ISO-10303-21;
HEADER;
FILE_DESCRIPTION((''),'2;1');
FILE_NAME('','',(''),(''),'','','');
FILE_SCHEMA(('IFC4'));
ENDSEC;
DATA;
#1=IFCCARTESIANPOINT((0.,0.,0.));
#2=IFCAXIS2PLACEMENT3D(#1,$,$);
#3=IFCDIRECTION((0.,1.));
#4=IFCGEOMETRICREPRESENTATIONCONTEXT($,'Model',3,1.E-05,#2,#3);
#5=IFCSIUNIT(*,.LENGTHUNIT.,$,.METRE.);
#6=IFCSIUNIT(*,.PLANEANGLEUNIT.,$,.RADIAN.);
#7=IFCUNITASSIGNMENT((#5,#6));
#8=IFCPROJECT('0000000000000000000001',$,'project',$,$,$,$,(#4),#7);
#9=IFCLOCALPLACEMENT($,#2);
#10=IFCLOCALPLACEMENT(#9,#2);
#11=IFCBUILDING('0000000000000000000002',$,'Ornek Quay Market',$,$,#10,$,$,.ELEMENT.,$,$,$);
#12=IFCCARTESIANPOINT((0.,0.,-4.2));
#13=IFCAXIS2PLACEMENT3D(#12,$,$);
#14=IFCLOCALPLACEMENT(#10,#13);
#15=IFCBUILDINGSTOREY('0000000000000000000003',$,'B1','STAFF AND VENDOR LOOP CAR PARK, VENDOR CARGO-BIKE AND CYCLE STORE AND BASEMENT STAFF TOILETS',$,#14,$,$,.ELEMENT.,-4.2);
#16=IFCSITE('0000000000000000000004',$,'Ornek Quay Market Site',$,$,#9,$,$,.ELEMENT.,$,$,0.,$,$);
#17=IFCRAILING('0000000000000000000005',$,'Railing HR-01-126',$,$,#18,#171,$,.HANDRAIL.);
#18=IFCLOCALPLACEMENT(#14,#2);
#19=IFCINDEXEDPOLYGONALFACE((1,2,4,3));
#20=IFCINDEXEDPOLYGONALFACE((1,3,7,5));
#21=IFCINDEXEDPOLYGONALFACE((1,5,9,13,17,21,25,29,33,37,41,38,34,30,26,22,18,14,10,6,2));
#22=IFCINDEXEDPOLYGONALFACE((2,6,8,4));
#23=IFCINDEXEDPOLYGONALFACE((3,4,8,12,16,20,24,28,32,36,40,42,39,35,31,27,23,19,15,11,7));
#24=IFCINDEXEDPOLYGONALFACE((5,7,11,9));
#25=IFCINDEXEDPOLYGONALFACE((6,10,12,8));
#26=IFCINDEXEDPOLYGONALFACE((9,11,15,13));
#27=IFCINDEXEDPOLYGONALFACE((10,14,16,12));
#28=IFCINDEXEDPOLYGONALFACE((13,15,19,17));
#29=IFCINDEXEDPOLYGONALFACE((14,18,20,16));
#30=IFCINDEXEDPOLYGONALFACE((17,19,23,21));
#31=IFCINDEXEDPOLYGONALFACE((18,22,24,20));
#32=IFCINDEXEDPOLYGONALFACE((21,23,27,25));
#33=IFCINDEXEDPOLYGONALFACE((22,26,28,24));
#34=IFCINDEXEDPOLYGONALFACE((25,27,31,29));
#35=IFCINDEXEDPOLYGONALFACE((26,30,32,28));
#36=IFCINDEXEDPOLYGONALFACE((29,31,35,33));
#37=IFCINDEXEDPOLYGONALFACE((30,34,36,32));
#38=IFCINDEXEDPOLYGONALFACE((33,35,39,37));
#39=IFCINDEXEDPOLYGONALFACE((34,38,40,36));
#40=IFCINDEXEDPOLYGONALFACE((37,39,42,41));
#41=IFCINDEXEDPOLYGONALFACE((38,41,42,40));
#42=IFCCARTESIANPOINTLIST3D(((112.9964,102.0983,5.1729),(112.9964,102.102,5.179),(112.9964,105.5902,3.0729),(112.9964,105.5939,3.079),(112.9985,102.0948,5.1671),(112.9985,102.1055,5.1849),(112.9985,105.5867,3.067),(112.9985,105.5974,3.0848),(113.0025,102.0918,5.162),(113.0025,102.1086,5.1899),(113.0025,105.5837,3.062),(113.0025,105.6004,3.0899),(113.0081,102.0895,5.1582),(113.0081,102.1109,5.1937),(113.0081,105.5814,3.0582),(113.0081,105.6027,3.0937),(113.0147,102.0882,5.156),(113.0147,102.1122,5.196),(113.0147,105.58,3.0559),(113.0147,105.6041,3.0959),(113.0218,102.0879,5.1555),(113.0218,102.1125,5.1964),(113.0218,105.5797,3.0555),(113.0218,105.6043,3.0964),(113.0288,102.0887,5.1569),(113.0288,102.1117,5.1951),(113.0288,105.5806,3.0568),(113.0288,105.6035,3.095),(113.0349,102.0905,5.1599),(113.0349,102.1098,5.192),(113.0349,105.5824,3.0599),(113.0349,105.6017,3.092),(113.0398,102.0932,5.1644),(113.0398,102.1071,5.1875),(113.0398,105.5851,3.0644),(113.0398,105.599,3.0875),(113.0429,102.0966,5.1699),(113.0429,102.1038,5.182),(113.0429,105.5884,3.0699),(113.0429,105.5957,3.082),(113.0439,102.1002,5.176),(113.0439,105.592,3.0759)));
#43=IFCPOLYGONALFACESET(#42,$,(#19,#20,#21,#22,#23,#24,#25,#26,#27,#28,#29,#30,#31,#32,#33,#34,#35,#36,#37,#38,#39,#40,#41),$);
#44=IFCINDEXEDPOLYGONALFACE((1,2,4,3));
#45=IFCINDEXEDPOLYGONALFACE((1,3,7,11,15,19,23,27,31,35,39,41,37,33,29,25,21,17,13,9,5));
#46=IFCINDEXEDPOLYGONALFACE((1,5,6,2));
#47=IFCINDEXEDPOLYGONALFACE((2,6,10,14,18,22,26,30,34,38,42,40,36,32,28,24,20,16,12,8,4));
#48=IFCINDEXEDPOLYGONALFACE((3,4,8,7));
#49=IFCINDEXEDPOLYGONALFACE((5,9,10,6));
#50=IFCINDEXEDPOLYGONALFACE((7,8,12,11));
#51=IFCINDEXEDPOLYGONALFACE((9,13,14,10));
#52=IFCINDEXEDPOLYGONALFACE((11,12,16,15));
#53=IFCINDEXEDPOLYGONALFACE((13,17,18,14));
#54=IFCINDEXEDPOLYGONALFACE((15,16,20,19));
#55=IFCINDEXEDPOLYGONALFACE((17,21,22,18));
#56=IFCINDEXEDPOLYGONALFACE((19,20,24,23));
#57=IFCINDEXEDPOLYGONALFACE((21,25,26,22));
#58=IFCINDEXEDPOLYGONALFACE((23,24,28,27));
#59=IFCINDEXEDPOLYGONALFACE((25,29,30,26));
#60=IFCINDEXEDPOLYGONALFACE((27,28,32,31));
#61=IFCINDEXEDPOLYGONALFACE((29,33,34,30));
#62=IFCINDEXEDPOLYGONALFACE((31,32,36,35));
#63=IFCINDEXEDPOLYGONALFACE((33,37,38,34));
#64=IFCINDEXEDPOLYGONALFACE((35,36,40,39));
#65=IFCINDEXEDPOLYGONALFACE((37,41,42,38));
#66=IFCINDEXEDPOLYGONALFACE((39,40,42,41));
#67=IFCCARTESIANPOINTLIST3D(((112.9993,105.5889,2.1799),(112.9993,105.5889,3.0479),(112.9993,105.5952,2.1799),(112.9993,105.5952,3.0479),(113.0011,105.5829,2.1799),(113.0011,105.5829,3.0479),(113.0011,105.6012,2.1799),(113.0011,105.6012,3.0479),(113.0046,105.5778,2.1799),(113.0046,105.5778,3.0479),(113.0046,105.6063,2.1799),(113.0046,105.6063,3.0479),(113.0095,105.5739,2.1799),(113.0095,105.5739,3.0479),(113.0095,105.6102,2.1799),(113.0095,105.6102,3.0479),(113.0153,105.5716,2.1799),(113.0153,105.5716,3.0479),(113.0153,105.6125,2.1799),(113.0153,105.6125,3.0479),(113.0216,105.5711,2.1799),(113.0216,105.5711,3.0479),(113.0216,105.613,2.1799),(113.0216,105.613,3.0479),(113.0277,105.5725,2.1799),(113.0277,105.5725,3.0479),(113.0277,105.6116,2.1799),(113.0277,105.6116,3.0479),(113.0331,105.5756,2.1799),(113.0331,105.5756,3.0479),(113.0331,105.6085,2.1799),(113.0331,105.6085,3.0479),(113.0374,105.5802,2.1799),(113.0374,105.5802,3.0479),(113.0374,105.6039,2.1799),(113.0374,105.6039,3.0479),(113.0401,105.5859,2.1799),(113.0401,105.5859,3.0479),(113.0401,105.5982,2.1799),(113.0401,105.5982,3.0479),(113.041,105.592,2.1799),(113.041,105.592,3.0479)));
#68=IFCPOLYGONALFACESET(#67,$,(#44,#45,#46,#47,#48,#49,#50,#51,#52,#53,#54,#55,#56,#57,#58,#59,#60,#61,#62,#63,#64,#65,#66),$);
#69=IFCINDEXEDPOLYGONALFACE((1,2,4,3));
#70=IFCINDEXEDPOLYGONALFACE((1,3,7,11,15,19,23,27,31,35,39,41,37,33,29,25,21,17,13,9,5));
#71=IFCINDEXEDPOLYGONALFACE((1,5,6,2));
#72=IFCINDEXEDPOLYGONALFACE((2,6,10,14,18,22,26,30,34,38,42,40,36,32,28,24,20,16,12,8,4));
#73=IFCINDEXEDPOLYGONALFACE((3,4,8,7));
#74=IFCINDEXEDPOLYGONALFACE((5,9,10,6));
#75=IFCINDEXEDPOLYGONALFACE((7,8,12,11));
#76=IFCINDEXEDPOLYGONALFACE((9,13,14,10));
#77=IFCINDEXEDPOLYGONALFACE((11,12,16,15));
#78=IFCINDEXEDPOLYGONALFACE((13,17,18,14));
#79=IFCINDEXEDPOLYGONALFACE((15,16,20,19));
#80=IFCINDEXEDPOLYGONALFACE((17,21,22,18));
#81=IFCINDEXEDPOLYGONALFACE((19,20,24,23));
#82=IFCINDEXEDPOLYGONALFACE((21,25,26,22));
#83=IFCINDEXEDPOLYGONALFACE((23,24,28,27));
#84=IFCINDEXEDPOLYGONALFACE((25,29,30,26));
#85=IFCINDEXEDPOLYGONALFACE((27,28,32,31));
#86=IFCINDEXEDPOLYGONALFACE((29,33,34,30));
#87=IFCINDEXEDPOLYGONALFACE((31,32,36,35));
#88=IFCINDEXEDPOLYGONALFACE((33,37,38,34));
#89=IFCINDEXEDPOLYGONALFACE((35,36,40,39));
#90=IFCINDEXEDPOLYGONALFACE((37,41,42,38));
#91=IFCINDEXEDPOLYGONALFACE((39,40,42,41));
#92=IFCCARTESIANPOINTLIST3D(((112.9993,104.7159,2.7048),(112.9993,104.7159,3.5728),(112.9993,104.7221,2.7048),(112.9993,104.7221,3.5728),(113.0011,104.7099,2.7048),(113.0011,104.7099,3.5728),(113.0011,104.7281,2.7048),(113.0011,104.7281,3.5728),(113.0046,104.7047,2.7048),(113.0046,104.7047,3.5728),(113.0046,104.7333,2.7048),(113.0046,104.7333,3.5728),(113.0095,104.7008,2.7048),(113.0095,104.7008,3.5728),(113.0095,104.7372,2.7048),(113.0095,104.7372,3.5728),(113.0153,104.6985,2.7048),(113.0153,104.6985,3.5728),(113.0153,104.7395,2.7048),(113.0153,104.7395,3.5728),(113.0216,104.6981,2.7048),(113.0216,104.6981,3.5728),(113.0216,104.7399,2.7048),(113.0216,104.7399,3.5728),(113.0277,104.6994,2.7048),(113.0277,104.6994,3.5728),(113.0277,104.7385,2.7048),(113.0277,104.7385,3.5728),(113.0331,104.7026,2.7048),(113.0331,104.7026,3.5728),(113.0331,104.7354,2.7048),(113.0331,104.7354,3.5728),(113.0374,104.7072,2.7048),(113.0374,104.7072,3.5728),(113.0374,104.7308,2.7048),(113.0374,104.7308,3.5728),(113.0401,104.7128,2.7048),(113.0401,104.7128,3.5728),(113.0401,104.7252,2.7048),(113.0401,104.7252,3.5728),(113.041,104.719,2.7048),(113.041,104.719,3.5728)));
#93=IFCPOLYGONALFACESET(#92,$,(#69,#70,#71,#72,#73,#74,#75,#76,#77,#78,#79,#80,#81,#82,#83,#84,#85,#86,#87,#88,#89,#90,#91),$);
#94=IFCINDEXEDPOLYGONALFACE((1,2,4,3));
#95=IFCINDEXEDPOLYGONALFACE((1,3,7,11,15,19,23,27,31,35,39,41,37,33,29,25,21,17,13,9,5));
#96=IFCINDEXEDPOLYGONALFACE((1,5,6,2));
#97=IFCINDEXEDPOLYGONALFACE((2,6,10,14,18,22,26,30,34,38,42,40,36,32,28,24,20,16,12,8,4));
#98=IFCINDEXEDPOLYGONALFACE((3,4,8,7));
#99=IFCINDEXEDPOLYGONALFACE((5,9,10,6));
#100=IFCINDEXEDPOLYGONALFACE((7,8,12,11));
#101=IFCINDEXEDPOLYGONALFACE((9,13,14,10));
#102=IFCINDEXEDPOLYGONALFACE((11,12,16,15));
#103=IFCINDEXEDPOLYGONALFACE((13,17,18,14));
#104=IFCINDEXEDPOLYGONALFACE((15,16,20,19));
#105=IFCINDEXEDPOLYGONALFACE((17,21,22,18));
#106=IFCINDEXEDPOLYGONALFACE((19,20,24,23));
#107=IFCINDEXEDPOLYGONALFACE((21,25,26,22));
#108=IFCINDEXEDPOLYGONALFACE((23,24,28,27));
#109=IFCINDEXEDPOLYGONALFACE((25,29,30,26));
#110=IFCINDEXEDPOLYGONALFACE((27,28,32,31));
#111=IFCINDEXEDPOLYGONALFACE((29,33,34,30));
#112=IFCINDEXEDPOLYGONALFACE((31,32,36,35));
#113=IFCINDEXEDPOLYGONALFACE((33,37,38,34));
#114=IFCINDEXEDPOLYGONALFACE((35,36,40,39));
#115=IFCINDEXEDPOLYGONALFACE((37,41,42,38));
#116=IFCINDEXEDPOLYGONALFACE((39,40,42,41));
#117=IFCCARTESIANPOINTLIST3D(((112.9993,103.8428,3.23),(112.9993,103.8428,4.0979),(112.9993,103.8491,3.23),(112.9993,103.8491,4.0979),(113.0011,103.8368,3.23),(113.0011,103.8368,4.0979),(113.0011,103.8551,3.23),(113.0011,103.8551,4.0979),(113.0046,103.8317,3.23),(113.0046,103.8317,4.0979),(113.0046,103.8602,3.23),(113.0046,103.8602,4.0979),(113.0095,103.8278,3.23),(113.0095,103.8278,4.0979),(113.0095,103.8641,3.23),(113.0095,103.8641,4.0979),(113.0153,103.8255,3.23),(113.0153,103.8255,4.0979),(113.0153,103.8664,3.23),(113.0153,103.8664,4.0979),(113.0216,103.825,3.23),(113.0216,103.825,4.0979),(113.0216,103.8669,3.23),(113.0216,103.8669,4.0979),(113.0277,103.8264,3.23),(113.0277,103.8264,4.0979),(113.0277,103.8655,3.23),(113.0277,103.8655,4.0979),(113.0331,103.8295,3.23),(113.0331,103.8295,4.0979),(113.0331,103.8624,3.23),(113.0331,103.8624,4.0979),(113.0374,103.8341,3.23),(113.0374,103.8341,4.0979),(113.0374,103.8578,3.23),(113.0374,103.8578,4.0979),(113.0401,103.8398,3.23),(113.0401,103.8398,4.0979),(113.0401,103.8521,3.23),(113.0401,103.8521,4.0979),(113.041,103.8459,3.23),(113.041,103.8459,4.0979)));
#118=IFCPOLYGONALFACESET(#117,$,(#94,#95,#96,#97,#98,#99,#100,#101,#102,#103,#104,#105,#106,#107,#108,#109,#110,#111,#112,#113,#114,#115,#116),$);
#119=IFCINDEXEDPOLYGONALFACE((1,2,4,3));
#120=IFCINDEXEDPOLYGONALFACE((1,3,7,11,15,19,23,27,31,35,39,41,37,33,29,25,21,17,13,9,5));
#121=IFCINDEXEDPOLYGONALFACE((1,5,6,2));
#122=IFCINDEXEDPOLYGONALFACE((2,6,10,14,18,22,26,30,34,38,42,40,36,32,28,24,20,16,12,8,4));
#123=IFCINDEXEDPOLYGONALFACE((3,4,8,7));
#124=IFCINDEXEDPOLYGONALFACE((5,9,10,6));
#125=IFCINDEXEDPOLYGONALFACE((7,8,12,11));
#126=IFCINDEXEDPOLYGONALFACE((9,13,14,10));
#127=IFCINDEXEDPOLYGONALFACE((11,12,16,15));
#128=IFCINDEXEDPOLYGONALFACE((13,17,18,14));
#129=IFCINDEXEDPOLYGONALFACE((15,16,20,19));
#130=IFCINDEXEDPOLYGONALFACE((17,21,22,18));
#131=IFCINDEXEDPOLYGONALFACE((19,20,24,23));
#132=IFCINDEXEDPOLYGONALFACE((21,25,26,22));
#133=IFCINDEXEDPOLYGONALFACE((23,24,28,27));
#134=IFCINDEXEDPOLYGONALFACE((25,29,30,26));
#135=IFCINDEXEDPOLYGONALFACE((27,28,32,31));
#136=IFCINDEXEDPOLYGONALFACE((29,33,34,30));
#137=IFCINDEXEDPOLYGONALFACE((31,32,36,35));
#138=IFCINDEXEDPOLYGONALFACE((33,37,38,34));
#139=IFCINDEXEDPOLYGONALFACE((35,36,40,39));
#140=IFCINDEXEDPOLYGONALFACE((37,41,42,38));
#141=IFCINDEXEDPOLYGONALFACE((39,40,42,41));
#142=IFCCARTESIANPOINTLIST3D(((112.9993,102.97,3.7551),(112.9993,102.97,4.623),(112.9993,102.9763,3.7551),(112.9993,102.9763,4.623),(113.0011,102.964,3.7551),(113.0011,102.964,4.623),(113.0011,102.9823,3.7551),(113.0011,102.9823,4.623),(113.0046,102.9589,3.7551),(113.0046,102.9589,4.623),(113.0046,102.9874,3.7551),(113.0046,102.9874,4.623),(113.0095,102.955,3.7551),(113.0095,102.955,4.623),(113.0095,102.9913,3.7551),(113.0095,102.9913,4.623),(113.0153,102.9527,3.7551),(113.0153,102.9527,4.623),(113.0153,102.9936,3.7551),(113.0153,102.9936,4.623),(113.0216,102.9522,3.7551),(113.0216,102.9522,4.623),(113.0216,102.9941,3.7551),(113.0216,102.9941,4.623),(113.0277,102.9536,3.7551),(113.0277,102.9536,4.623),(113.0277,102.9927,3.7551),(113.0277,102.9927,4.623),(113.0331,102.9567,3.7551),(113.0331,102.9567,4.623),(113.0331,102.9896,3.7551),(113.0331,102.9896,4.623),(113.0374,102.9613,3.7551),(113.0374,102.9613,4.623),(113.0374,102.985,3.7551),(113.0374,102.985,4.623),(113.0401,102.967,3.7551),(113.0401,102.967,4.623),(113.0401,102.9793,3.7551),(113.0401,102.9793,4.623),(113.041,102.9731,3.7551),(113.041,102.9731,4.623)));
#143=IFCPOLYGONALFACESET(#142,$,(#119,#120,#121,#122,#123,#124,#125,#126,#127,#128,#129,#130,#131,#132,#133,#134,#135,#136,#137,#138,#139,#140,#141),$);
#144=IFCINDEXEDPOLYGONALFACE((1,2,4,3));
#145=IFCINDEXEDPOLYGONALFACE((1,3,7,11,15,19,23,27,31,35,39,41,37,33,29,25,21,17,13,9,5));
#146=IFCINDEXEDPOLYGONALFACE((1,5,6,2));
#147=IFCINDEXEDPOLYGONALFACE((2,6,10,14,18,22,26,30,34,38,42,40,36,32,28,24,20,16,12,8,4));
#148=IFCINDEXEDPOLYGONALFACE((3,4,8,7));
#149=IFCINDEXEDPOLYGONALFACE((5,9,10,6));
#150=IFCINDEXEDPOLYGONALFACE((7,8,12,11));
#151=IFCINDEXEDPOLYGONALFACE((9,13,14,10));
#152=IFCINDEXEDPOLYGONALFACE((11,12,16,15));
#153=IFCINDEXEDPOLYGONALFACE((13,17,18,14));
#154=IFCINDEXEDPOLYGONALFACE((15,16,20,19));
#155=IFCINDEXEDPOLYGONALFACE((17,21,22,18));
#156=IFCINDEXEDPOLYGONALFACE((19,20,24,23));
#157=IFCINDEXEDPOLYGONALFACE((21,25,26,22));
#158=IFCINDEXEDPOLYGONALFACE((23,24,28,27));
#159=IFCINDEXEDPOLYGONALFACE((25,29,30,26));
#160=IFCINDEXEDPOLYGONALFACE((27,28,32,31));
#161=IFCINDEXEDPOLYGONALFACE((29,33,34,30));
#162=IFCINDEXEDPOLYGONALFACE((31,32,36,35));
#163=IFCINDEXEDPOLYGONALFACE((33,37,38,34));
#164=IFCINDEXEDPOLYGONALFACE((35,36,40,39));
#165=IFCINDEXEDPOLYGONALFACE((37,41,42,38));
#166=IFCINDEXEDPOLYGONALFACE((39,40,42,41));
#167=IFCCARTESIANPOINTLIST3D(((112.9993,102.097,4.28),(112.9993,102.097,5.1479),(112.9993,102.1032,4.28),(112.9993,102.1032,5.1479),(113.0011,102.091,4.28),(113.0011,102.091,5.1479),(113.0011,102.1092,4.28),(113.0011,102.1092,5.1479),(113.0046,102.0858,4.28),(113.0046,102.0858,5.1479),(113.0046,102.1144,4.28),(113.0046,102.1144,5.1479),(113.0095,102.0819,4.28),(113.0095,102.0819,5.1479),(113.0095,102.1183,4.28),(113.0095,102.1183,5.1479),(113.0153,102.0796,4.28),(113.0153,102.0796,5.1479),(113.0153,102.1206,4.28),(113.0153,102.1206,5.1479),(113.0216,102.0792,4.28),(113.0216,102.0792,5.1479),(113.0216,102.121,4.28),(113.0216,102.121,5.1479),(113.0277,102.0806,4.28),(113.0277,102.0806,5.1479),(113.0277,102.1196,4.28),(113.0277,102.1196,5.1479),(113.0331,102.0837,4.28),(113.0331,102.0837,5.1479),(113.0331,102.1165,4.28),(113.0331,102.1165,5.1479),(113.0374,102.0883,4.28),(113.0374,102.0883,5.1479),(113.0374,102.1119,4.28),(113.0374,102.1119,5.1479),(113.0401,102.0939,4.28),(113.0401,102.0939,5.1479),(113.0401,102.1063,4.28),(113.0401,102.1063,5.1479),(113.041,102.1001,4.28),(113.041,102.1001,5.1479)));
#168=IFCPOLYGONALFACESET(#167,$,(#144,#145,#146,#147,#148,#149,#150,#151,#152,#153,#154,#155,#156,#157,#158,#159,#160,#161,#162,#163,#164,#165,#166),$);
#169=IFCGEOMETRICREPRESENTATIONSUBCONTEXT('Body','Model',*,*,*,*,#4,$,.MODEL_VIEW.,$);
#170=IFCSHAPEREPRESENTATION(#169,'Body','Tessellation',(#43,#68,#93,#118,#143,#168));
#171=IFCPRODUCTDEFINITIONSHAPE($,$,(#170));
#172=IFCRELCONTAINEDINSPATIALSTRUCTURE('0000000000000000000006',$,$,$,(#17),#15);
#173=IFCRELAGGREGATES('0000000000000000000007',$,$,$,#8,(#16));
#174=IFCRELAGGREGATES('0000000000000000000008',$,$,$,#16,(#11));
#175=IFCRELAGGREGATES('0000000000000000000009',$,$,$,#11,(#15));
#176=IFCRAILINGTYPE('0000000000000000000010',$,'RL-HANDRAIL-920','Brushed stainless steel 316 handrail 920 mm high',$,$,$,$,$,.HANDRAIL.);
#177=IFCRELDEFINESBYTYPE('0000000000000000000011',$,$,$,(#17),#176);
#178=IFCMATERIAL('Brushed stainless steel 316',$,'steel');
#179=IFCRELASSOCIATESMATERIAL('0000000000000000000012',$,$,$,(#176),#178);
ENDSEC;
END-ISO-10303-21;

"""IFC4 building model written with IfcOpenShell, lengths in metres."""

from ifc_helpers import new_model, si_unit, direction, frame, origin, origin_2d, place, context, subcontext, project, spatial, circle, extrude, material, type_object, element, save


model = new_model("IFC4")

# Units and contexts
model_context = context("Model", 3, precision=1e-05, world=origin(), true_north=direction((0.0, 1.0)))
body_context = subcontext(model_context, "Body", "Model", "MODEL_VIEW")
ifc_project = project(units=[si_unit("LENGTHUNIT", "METRE"), si_unit("PLANEANGLEUNIT", "RADIAN")], contexts=[model_context])

# Site, building, storey
site_placement = place(None, origin())
site = spatial("IfcSite", under=ifc_project, at=site_placement, Name="Ornek Quay Market Site", CompositionType="ELEMENT", RefElevation=0.0)
building_placement = place(site_placement, origin())
building = spatial("IfcBuilding", under=site, at=building_placement, Name="Ornek Quay Market", CompositionType="ELEMENT")
storey_placement = place(building_placement, frame((0.0, 0.0, -4.2)))
storey = spatial("IfcBuildingStorey", under=building, at=storey_placement, Name="B1", Description="STAFF AND VENDOR LOOP CAR PARK, VENDOR CARGO-BIKE AND CYCLE STORE AND BASEMENT STAFF TOILETS", CompositionType="ELEMENT", Elevation=-4.2)

# Railing
ifc_material_1 = material(Name="Brushed stainless steel 316", Category="steel")
railing_type_1 = type_object("IfcRailingType", Name="RL-HANDRAIL-920", Description="Brushed stainless steel 316 handrail 920 mm high", PredefinedType="HANDRAIL", material=ifc_material_1)
railing_1_placement = place(storey_placement, frame((113.02, 105.592, 2.1799)))
element("IfcRailing", 1, at=railing_1_placement, inside=storey, type_object=railing_type_1, Name="Railing HR-01-126", PredefinedType="HANDRAIL", context=body_context, shape_type="SweptSolid", body=[
    extrude(circle(Radius=0.0239, at=origin_2d()), frame((0.0, 0.0, 0.896), z_axis=(0.0, -0.856959, 0.515385), x_axis=(1.0, 0.0, 0.0)), (0.0, 0.0, 1.0), 4.0747),
    extrude(circle(Radius=0.021, at=origin_2d()), origin(), (0.0, 0.0, 1.0), 0.8679),
    extrude(circle(Radius=0.021, at=origin_2d()), frame((0.0, -0.873, 0.5249)), (0.0, 0.0, 1.0), 0.8679),
    extrude(circle(Radius=0.021, at=origin_2d()), frame((0.0, -1.7461, 1.05)), (0.0, 0.0, 1.0), 0.8679),
    extrude(circle(Radius=0.021, at=origin_2d()), frame((0.0, -2.6189, 1.5752)), (0.0, 0.0, 1.0), 0.8679),
    extrude(circle(Radius=0.021, at=origin_2d()), frame((0.0, -3.4919, 2.1001)), (0.0, 0.0, 1.0), 0.8679),
])

save(model, "model.ifc")
